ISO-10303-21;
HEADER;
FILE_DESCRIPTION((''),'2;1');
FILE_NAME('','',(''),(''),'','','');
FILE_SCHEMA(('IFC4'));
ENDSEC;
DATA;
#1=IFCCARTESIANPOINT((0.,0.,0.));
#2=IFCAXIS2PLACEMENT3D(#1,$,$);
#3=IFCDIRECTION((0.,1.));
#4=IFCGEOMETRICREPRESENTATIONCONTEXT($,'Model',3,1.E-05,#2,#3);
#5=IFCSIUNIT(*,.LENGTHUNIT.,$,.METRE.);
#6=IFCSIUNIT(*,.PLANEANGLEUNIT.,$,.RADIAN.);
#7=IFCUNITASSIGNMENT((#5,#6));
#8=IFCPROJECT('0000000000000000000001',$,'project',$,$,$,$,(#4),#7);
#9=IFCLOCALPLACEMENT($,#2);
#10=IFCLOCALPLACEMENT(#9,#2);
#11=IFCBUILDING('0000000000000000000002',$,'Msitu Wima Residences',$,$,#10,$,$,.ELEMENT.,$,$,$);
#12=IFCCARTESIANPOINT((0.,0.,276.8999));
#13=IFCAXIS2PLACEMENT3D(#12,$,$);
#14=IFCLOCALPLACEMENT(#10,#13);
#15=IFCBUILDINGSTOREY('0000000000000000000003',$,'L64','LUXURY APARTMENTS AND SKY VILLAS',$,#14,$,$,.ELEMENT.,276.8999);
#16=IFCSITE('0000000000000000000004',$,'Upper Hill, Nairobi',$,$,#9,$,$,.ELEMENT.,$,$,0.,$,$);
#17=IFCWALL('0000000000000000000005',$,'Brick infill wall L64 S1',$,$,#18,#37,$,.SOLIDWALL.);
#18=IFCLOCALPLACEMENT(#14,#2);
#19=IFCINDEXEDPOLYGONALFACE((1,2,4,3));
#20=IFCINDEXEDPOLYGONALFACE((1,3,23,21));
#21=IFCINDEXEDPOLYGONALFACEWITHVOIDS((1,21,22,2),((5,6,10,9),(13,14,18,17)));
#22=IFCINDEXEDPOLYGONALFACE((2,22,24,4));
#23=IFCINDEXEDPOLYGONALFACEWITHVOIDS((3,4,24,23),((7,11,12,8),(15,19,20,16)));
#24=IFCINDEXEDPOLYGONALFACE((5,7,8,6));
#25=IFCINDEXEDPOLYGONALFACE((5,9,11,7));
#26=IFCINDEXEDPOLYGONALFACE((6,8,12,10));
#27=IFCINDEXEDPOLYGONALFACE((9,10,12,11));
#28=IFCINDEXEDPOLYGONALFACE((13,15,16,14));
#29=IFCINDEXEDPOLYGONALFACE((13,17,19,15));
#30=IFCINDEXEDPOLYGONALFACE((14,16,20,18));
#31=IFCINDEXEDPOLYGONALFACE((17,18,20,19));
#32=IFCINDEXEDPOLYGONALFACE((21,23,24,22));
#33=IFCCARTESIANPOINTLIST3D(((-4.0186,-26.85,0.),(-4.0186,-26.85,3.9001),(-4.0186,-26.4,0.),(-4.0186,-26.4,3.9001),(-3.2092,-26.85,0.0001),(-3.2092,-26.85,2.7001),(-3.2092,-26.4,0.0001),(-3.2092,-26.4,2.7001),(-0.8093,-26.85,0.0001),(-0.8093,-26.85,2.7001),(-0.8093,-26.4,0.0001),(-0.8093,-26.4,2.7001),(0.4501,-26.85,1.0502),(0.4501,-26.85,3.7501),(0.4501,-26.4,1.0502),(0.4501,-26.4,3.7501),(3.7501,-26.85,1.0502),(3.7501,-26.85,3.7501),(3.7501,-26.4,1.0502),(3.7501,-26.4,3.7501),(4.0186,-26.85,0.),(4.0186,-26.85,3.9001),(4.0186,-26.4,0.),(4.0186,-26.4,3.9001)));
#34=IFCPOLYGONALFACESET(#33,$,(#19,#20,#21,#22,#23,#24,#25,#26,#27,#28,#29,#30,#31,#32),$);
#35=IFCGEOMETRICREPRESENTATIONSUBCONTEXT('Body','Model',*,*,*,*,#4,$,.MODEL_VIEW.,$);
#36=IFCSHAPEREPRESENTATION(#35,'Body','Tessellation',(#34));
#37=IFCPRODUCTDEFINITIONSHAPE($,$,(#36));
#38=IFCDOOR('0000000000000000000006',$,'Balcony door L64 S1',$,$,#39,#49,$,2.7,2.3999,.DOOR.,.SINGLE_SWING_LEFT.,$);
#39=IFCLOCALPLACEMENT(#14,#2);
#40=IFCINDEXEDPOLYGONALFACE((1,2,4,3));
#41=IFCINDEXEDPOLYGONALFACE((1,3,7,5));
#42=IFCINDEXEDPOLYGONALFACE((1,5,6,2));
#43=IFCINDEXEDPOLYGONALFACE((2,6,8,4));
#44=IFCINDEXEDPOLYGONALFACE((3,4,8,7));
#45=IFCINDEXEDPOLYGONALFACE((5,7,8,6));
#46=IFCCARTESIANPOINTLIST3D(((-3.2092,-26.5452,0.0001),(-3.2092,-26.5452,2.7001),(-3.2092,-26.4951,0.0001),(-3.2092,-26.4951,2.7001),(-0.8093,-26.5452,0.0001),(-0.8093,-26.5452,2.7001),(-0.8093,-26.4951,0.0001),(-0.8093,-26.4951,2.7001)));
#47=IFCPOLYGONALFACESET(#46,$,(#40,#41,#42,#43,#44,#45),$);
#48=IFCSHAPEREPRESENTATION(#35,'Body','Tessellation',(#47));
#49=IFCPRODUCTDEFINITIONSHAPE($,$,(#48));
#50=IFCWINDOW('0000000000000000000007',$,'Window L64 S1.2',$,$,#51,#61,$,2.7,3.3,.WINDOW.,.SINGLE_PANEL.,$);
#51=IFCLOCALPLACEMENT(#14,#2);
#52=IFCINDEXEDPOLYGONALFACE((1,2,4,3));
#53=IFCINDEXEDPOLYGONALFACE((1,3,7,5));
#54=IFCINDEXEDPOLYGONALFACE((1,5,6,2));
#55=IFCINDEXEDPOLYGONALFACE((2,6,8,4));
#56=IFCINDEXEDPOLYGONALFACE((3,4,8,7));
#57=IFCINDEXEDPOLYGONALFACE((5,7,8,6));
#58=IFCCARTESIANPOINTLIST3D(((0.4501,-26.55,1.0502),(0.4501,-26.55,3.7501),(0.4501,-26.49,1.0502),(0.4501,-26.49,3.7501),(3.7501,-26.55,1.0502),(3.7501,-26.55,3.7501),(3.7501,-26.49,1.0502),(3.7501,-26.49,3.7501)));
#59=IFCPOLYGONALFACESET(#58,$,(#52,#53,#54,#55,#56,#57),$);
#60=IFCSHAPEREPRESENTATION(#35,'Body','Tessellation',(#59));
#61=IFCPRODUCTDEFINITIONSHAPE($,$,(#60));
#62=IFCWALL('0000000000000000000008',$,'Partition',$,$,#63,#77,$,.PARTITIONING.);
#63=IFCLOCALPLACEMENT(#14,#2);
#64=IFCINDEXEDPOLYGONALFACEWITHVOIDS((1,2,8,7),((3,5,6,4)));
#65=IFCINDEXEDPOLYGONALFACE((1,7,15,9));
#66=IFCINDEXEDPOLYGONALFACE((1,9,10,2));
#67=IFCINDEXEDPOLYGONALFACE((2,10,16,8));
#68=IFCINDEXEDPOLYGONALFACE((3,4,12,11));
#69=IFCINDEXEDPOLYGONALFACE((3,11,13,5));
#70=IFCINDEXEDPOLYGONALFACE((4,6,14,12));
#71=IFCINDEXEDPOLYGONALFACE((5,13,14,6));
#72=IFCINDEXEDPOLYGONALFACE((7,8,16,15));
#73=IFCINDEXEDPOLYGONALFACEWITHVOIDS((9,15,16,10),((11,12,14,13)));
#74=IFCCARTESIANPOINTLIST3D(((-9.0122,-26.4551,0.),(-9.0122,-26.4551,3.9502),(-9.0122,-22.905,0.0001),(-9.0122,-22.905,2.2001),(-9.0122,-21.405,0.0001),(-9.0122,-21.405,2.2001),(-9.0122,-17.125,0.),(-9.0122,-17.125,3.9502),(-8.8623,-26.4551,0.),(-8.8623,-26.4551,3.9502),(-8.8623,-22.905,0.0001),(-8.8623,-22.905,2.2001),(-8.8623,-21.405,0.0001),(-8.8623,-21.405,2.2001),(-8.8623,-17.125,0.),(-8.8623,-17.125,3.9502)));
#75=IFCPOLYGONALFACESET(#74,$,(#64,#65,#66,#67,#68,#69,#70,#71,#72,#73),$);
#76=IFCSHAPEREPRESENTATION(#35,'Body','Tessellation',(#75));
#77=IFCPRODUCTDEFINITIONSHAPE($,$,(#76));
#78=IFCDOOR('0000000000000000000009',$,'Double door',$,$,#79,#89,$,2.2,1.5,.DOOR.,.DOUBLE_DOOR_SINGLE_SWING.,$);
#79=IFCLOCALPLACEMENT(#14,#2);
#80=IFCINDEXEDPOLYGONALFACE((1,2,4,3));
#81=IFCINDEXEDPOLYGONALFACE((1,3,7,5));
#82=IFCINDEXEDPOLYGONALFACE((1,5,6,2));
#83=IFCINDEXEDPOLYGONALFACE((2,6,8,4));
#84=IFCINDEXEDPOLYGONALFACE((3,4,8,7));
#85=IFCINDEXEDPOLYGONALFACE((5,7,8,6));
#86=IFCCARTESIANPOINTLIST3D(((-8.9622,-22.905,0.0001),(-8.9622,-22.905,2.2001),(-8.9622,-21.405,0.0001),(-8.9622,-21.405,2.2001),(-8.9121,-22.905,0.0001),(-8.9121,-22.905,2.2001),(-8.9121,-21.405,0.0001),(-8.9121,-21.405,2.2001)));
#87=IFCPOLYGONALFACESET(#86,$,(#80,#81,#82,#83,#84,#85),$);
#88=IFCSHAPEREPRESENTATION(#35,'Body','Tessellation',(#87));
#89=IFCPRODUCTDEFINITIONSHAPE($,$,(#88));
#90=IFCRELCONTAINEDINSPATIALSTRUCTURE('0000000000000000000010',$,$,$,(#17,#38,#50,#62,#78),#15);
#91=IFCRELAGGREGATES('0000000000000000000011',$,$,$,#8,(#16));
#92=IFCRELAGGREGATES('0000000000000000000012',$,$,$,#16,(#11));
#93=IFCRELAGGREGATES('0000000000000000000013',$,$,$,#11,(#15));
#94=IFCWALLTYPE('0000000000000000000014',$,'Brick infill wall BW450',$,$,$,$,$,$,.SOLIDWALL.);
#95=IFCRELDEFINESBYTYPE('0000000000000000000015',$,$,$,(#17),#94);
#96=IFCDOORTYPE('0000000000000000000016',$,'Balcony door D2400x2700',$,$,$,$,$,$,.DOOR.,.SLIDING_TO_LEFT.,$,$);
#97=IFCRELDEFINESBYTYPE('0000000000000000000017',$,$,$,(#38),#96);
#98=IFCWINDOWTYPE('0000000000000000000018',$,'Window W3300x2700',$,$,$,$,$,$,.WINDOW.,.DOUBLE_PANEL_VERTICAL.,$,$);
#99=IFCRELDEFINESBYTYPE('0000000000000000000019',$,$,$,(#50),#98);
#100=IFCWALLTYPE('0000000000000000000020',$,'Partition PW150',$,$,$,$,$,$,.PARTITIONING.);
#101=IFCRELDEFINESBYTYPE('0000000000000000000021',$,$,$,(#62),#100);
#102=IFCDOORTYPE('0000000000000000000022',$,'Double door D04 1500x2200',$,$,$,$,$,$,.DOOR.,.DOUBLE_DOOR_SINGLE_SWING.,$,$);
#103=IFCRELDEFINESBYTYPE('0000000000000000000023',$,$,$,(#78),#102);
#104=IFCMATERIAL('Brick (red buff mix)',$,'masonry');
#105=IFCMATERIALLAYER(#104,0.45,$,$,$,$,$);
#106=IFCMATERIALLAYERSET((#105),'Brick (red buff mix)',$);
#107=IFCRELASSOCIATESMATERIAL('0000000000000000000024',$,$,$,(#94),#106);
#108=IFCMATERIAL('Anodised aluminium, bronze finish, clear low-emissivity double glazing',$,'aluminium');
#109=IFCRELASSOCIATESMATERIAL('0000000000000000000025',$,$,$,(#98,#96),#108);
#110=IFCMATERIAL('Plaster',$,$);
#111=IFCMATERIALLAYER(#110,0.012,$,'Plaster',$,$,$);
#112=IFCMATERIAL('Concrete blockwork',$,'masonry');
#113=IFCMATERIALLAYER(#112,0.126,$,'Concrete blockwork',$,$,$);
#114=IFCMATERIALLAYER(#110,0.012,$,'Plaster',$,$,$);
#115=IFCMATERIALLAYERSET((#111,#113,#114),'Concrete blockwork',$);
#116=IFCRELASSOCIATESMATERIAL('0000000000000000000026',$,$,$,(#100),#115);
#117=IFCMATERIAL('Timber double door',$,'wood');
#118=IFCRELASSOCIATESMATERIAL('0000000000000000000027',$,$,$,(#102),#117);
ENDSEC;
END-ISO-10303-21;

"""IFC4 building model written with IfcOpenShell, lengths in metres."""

from ifc_helpers import new_model, si_unit, direction, frame, frame_2d, origin, place, context, subcontext, project, spatial, rectangle, extrude, material, layer, layer_set, type_object, element, fill, save


model = new_model("IFC4")

# Units and contexts
model_context = context("Model", 3, precision=1e-05, world=origin(), true_north=direction((0.0, 1.0)))
body_context = subcontext(model_context, "Body", "Model", "MODEL_VIEW")
ifc_project = project(units=[si_unit("LENGTHUNIT", "METRE"), si_unit("PLANEANGLEUNIT", "RADIAN")], contexts=[model_context])

# Site, building, storey
site_placement = place(None, origin())
site = spatial("IfcSite", under=ifc_project, at=site_placement, Name="Upper Hill, Nairobi", CompositionType="ELEMENT", RefElevation=0.0)
building_placement = place(site_placement, origin())
building = spatial("IfcBuilding", under=site, at=building_placement, Name="Msitu Wima Residences", CompositionType="ELEMENT")
storey_placement = place(building_placement, frame((0.0, 0.0, 276.8999)))
storey = spatial("IfcBuildingStorey", under=building, at=storey_placement, Name="L64", Description="LUXURY APARTMENTS AND SKY VILLAS", CompositionType="ELEMENT", Elevation=276.8999)

# Shared definitions
ifc_material_1 = material(Name="Brick (red buff mix)", Category="masonry")
ifc_layer_1 = layer(ifc_material_1, 0.45)
ifc_layer_set_1 = layer_set([ifc_layer_1], Name="Brick (red buff mix)")
wall_type_1 = type_object("IfcWallType", Name="Brick infill wall BW450", PredefinedType="SOLIDWALL", material=ifc_layer_set_1)
ifc_material_2 = material(Name="Anodised aluminium, bronze finish, clear low-emissivity double glazing", Category="aluminium")
window_type = type_object("IfcWindowType", Name="Window W3300x2700", PartitioningType="DOUBLE_PANEL_VERTICAL", PredefinedType="WINDOW", material=ifc_material_2)

# Wall, openings, door, window
wall_1_placement = place(storey_placement, frame((-4.0186, -26.625, 0.0), z_axis=(0.0, 0.0, 1.0), x_axis=(1.0, 0.0, 0.0)))
wall_1 = element("IfcWall", 1, at=wall_1_placement, inside=storey, type_object=wall_type_1, Name="Brick infill wall L64 S1", PredefinedType="SOLIDWALL", context=body_context, shape_type="SweptSolid", body=[
    extrude(rectangle(XDim=8.0371, YDim=0.45, at=frame_2d((4.0186, 0.0))), origin(), (0.0, 0.0, 1.0), 3.9001),
])
opening_1_placement = place(wall_1_placement, frame((0.8093, 0.0, 0.0)))
opening_1 = element("IfcOpeningElement", 2, at=opening_1_placement, cuts=wall_1, PredefinedType="OPENING", context=body_context, shape_type="SweptSolid", body=[
    extrude(rectangle(XDim=2.3999, YDim=2.7, at=frame_2d((1.2, 1.3501))), frame((0.0, 0.2349, 0.0), z_axis=(0.0, -1.0, 0.0), x_axis=(1.0, 0.0, 0.0)), (0.0, 0.0, 1.0), 0.47),
])
opening_2_placement = place(wall_1_placement, frame((4.4688, 0.0, 1.05)))
opening_2 = element("IfcOpeningElement", 3, at=opening_2_placement, cuts=wall_1, PredefinedType="OPENING", context=body_context, shape_type="SweptSolid", body=[
    extrude(rectangle(XDim=3.3, YDim=2.7, at=frame_2d((1.6499, 1.3501))), frame((0.0, 0.2349, 0.0), z_axis=(0.0, -1.0, 0.0), x_axis=(1.0, 0.0, 0.0)), (0.0, 0.0, 1.0), 0.47),
])
door_type_1 = type_object("IfcDoorType", Name="Balcony door D2400x2700", OperationType="SLIDING_TO_LEFT", PredefinedType="DOOR", material=ifc_material_2)
door_1_placement = place(opening_1_placement, origin())
door_1 = element("IfcDoor", 4, at=door_1_placement, inside=storey, type_object=door_type_1, Name="Balcony door L64 S1", OperationType="SINGLE_SWING_LEFT", OverallHeight=2.7, OverallWidth=2.3999, PredefinedType="DOOR", context=body_context, shape_type="SweptSolid", body=[
    extrude(rectangle(XDim=2.3999, YDim=2.7, at=frame_2d((1.2, 1.3501))), frame((0.0, 0.1299, 0.0), z_axis=(0.0, -1.0, 0.0), x_axis=(1.0, 0.0, 0.0)), (0.0, 0.0, 1.0), 0.05),
])
fill(opening_1, door_1)
window_1_placement = place(opening_2_placement, origin())
window_1 = element("IfcWindow", 5, at=window_1_placement, inside=storey, type_object=window_type, Name="Window L64 S1.2", OverallHeight=2.7, OverallWidth=3.3, PartitioningType="SINGLE_PANEL", PredefinedType="WINDOW", context=body_context, shape_type="SweptSolid", body=[
    extrude(rectangle(XDim=3.3, YDim=2.7, at=frame_2d((1.6499, 1.3501))), frame((0.0, 0.135, 0.0), z_axis=(0.0, -1.0, 0.0), x_axis=(1.0, 0.0, 0.0)), (0.0, 0.0, 1.0), 0.0601),
])
fill(opening_2, window_1)

# Wall, opening, door
ifc_material_3 = material(Name="Plaster")
ifc_layer_2 = layer(ifc_material_3, 0.012, Name="Plaster")
ifc_material_4 = material(Name="Concrete blockwork", Category="masonry")
ifc_layer_3 = layer(ifc_material_4, 0.126, Name="Concrete blockwork")
ifc_layer_4 = layer(ifc_material_3, 0.012, Name="Plaster")
ifc_layer_set_2 = layer_set([ifc_layer_2, ifc_layer_3, ifc_layer_4], Name="Concrete blockwork")
wall_type_2 = type_object("IfcWallType", Name="Partition PW150", PredefinedType="PARTITIONING", material=ifc_layer_set_2)
wall_2_placement = place(storey_placement, frame((-8.9373, -26.4551, 0.0), z_axis=(0.0, 0.0, 1.0), x_axis=(0.0, 1.0, 0.0)))
wall_2 = element("IfcWall", 6, at=wall_2_placement, inside=storey, type_object=wall_type_2, Name="Partition", PredefinedType="PARTITIONING", context=body_context, shape_type="SweptSolid", body=[
    extrude(rectangle(XDim=9.3301, YDim=0.1499, at=frame_2d((4.665, 0.0))), origin(), (0.0, 0.0, 1.0), 3.9502),
])
opening_3_placement = place(wall_2_placement, frame((3.55, 0.0, 0.0)))
opening_3 = element("IfcOpeningElement", 7, at=opening_3_placement, cuts=wall_2, PredefinedType="OPENING", context=body_context, shape_type="SweptSolid", body=[
    extrude(rectangle(XDim=1.5, YDim=2.2, at=frame_2d((0.75, 1.1001))), frame((0.0, 0.085, 0.0), z_axis=(0.0, -1.0, 0.0), x_axis=(1.0, 0.0, 0.0)), (0.0, 0.0, 1.0), 0.1699),
])
ifc_material_5 = material(Name="Timber double door", Category="wood")
door_type_2 = type_object("IfcDoorType", Name="Double door D04 1500x2200", OperationType="DOUBLE_DOOR_SINGLE_SWING", PredefinedType="DOOR", material=ifc_material_5)
door_2_placement = place(opening_3_placement, origin())
door_2 = element("IfcDoor", 8, at=door_2_placement, inside=storey, type_object=door_type_2, Name="Double door", OperationType="DOUBLE_DOOR_SINGLE_SWING", OverallHeight=2.2, OverallWidth=1.5, PredefinedType="DOOR", context=body_context, shape_type="SweptSolid", body=[
    extrude(rectangle(XDim=1.5, YDim=2.2, at=frame_2d((0.75, 1.1001))), frame((0.0, 0.0249, 0.0), z_axis=(0.0, -1.0, 0.0), x_axis=(1.0, 0.0, 0.0)), (0.0, 0.0, 1.0), 0.05),
])
fill(opening_3, door_2)

save(model, "model.ifc")
